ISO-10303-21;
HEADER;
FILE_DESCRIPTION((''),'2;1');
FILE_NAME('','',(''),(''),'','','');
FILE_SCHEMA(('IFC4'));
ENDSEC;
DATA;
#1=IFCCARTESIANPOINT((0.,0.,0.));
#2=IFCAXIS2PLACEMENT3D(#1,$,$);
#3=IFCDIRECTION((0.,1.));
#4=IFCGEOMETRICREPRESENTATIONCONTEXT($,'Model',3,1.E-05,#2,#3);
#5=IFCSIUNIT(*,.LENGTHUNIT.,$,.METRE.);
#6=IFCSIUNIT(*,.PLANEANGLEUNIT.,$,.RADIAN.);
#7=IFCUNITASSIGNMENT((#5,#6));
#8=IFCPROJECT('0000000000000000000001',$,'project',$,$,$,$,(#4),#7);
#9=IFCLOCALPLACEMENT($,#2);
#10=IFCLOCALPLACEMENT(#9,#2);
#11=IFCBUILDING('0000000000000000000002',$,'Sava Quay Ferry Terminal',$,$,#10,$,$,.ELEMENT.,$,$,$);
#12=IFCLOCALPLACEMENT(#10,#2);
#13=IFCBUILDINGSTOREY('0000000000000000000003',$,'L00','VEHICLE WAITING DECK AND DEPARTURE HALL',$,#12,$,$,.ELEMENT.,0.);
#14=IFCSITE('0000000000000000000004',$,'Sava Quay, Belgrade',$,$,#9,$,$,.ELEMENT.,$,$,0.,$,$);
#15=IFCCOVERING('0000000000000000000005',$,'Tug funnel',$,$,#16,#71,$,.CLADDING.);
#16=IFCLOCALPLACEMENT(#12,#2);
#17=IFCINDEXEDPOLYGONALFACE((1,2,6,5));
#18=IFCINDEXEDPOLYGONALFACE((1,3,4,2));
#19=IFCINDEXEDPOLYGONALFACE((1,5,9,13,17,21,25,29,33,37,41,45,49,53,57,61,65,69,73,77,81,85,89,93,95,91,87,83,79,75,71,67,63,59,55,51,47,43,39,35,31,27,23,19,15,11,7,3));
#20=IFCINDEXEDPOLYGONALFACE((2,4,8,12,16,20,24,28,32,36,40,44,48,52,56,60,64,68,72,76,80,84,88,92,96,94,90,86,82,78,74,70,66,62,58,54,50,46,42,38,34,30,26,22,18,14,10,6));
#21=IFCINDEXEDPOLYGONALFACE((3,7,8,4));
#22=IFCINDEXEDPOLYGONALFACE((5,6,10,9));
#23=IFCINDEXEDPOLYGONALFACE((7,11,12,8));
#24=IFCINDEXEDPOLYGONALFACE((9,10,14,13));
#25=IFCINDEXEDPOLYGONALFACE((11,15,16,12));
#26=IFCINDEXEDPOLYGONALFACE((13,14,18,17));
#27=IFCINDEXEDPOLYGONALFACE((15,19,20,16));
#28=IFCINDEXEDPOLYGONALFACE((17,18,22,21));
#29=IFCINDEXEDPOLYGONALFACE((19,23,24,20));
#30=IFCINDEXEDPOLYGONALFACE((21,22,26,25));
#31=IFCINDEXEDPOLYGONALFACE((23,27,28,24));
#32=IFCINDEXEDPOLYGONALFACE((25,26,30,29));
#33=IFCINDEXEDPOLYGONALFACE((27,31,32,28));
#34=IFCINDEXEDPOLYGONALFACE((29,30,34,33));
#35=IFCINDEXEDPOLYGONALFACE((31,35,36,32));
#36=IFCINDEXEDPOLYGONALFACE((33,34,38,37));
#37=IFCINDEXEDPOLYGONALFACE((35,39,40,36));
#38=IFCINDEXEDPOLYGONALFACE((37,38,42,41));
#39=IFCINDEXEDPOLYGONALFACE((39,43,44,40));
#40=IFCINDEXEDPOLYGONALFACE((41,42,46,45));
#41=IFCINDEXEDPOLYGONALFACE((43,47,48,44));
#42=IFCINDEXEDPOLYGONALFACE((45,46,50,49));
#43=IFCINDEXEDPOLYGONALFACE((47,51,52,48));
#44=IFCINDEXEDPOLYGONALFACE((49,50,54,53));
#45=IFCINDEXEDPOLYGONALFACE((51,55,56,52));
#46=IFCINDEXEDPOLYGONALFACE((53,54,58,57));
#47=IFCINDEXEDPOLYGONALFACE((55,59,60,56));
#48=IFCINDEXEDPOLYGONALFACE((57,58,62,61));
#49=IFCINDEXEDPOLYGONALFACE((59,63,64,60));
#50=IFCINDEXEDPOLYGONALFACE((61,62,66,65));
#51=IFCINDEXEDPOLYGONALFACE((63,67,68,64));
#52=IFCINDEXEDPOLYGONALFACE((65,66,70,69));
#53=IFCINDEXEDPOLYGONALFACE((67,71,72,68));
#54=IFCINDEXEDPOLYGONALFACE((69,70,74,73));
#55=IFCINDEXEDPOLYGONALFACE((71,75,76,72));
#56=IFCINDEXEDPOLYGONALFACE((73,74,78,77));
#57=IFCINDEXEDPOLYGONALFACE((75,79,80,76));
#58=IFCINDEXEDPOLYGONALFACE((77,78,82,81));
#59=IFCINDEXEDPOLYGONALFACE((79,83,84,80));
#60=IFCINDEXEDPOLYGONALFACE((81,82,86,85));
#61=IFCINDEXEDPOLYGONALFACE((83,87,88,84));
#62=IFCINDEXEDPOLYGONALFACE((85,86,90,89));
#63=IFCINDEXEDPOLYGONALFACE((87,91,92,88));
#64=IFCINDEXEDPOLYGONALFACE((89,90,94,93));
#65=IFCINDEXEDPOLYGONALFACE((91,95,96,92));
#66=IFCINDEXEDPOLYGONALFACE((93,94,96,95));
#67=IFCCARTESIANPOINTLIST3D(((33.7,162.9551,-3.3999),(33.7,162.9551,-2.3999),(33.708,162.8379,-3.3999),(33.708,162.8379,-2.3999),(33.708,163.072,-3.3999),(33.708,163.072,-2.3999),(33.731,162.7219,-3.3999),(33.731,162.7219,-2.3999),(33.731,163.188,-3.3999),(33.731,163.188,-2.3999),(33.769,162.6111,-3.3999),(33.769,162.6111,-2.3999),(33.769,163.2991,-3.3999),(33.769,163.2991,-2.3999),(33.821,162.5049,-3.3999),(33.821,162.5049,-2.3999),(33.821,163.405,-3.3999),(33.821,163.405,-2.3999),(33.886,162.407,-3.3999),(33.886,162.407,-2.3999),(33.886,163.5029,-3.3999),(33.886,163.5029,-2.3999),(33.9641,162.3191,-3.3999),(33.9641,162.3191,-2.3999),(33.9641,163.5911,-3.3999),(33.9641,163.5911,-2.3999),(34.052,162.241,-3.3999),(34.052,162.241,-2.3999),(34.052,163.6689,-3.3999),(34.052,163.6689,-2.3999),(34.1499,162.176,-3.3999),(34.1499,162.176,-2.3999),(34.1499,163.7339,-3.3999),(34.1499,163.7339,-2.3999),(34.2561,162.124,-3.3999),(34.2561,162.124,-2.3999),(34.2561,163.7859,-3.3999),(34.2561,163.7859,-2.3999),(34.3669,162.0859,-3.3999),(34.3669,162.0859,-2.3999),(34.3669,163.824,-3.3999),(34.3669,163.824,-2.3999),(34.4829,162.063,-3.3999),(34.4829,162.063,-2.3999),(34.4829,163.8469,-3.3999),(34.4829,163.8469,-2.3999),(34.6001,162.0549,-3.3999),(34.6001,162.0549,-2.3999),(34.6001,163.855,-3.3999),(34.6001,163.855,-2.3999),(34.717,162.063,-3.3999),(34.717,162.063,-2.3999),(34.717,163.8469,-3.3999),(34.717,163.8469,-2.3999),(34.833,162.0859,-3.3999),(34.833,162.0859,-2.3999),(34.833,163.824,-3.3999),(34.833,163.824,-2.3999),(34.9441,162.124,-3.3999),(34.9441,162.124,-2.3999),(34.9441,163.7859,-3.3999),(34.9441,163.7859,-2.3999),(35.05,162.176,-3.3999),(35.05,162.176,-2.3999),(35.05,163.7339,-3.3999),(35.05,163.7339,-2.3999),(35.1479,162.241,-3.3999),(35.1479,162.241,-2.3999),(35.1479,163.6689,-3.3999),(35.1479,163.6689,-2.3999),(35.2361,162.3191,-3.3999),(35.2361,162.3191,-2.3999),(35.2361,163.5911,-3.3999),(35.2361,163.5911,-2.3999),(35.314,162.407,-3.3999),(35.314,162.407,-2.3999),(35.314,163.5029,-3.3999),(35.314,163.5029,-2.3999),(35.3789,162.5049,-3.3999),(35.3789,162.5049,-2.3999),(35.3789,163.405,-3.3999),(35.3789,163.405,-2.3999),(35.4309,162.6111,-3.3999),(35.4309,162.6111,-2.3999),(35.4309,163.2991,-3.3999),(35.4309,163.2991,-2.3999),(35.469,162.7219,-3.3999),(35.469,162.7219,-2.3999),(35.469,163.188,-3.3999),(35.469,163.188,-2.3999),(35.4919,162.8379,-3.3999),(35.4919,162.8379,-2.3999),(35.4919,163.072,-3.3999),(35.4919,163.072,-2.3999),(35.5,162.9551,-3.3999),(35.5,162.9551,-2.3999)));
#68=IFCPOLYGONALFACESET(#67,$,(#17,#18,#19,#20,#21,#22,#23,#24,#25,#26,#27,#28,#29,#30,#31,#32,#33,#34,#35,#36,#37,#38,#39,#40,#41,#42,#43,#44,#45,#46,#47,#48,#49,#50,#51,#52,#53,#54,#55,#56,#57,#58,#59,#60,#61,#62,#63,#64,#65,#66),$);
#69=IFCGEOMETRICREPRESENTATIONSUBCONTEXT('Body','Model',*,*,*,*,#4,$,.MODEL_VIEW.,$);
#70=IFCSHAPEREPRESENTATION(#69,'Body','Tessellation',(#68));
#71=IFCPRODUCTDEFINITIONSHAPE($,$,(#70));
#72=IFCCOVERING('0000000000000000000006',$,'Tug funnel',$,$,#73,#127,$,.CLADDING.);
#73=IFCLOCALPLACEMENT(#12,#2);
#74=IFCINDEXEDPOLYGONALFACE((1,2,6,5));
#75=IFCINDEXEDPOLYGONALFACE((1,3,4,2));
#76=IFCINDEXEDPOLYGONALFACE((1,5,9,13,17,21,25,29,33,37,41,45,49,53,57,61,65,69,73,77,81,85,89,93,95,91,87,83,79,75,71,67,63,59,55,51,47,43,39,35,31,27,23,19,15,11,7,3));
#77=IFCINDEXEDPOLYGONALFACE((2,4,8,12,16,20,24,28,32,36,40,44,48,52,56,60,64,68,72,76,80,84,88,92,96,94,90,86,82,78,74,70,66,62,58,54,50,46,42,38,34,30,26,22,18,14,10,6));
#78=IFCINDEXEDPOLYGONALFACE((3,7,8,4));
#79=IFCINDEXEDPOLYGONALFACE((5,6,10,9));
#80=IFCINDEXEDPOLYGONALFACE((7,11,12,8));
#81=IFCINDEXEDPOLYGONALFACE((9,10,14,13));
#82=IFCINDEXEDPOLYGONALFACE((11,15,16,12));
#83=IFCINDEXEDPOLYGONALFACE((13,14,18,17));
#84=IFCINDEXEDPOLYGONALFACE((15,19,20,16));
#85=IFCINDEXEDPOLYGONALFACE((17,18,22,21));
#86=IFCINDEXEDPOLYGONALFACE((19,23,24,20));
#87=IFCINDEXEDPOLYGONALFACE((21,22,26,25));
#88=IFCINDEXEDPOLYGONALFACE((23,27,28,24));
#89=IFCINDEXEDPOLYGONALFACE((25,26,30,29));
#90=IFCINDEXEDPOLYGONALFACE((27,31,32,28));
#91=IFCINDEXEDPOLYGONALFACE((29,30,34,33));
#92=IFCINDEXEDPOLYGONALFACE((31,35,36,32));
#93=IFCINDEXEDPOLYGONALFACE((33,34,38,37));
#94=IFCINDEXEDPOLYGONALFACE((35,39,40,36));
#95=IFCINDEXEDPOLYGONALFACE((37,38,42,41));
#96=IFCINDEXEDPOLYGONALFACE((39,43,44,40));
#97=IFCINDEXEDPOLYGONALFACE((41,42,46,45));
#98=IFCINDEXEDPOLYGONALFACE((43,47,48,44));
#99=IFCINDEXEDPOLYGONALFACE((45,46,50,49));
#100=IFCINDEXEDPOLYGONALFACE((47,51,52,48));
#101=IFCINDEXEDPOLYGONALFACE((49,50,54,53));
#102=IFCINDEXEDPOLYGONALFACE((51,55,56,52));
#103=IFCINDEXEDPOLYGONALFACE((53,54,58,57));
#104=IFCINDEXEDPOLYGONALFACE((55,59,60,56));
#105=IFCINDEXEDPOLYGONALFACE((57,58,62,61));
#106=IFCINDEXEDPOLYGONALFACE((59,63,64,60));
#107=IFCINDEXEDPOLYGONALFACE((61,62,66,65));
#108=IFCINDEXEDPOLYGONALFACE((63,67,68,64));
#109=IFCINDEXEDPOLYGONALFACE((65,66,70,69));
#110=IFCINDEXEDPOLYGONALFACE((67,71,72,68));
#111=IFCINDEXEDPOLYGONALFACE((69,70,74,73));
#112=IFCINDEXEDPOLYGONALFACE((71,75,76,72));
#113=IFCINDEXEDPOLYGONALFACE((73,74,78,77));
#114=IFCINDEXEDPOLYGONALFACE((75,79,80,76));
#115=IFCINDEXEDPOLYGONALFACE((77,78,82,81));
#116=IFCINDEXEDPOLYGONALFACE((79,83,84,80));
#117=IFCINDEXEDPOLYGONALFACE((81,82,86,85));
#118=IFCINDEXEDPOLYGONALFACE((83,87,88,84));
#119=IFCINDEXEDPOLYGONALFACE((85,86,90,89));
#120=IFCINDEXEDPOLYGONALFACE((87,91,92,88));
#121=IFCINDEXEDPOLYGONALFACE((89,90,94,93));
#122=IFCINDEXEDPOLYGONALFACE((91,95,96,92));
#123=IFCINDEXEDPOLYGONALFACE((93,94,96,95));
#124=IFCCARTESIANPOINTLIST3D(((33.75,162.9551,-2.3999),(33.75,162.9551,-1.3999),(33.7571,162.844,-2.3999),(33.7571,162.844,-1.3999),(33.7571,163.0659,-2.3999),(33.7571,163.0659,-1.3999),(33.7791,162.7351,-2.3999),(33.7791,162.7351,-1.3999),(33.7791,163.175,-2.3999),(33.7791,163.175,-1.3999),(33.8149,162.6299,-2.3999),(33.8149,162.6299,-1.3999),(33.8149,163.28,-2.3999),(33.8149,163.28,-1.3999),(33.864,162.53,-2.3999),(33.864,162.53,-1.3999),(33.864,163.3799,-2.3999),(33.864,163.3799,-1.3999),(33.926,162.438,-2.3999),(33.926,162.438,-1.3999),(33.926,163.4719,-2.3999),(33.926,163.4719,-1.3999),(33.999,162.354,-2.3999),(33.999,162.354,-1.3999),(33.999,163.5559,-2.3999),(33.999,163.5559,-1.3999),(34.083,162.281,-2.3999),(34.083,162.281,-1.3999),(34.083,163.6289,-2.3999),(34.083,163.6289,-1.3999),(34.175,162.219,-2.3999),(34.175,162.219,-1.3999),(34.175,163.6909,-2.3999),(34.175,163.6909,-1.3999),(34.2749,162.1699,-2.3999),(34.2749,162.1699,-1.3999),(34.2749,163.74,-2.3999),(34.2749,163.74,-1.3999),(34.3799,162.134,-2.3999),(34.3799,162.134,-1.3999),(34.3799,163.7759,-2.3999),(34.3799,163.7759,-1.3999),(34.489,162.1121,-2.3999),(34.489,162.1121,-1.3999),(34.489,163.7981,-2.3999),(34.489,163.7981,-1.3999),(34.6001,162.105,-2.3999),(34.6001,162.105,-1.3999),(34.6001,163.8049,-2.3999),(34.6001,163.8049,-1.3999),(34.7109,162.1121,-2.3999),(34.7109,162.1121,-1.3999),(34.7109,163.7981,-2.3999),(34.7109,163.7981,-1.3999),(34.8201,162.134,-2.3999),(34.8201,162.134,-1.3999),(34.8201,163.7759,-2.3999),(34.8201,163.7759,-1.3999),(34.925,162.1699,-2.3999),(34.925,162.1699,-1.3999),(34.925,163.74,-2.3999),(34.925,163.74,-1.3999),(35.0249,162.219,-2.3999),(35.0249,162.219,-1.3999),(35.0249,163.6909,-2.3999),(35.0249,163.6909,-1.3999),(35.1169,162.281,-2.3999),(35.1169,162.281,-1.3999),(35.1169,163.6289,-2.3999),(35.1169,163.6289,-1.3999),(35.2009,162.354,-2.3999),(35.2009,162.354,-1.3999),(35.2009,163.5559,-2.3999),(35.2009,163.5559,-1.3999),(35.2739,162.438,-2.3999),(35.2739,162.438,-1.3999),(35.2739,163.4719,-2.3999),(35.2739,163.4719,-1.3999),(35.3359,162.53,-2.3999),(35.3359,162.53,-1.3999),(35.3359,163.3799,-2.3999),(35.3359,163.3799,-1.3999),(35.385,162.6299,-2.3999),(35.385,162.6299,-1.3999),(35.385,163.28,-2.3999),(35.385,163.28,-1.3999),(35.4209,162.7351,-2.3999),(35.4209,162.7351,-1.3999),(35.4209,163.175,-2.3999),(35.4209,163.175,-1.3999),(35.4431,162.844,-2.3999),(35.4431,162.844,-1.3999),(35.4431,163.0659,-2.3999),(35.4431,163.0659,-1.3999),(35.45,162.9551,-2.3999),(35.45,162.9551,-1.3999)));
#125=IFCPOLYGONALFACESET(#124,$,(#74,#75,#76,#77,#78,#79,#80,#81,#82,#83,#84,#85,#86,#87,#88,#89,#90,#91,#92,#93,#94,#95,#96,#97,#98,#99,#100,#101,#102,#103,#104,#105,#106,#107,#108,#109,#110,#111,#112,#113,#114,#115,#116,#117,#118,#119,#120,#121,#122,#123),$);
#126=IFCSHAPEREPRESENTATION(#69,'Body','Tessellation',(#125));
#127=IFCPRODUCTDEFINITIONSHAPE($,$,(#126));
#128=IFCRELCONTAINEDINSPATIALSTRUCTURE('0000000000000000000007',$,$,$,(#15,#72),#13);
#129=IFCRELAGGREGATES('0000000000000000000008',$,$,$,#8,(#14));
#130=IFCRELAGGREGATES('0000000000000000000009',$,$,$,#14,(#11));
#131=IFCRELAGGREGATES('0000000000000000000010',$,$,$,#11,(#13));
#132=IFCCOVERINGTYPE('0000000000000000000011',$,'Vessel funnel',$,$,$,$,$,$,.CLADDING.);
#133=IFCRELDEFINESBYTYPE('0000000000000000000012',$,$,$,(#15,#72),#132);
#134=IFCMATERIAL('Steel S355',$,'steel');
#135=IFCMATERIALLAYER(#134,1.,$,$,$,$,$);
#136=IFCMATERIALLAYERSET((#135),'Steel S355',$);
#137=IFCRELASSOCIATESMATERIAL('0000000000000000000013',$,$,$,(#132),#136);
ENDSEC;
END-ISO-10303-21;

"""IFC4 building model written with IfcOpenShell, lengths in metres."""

from ifc_helpers import new_model, si_unit, direction, frame, origin, place, context, subcontext, project, spatial, polyline, outline, extrude, material, layer, layer_set, type_object, element, save


model = new_model("IFC4")

# Units and contexts
model_context = context("Model", 3, precision=1e-05, world=origin(), true_north=direction((0.0, 1.0)))
body_context = subcontext(model_context, "Body", "Model", "MODEL_VIEW")
ifc_project = project(units=[si_unit("LENGTHUNIT", "METRE"), si_unit("PLANEANGLEUNIT", "RADIAN")], contexts=[model_context])

# Site, building, storey
site_placement = place(None, origin())
site = spatial("IfcSite", under=ifc_project, at=site_placement, Name="Sava Quay, Belgrade", CompositionType="ELEMENT", RefElevation=0.0)
building_placement = place(site_placement, origin())
building = spatial("IfcBuilding", under=site, at=building_placement, Name="Sava Quay Ferry Terminal", CompositionType="ELEMENT")
storey_placement = place(building_placement, origin())
storey = spatial("IfcBuildingStorey", under=building, at=storey_placement, Name="L00", Description="VEHICLE WAITING DECK AND DEPARTURE HALL", CompositionType="ELEMENT", Elevation=0.0)

# Coverings
ifc_material_1 = material(Name="Steel S355", Category="steel")
ifc_layer_1 = layer(ifc_material_1, 1.0)
ifc_layer_set_1 = layer_set([ifc_layer_1], Name="Steel S355")
covering_type_1 = type_object("IfcCoveringType", Name="Vessel funnel", PredefinedType="CLADDING", material=ifc_layer_set_1)
covering_1_placement = place(storey_placement, frame((0.0, 0.0, -3.3999)))
element("IfcCovering", 1, at=covering_1_placement, inside=storey, type_object=covering_type_1, Name="Tug funnel", PredefinedType="CLADDING", context=body_context, shape_type="SweptSolid", body=[
    extrude(outline(polyline([(33.7, 162.9551), (33.708, 162.8379), (33.731, 162.7219), (33.769, 162.6111), (33.821, 162.5049), (33.886, 162.407), (33.9641, 162.3191), (34.052, 162.241), (34.1499, 162.176), (34.2561, 162.124), (34.3669, 162.0859), (34.4829, 162.063), (34.6001, 162.0549), (34.717, 162.063), (34.833, 162.0859), (34.9441, 162.124), (35.05, 162.176), (35.1479, 162.241), (35.2361, 162.3191), (35.314, 162.407), (35.3789, 162.5049), (35.4309, 162.6111), (35.469, 162.7219), (35.4919, 162.8379), (35.5, 162.9551), (35.4919, 163.072), (35.469, 163.188), (35.4309, 163.2991), (35.3789, 163.405), (35.314, 163.5029), (35.2361, 163.5911), (35.1479, 163.6689), (35.05, 163.7339), (34.9441, 163.7859), (34.833, 163.824), (34.717, 163.8469), (34.6001, 163.855), (34.4829, 163.8469), (34.3669, 163.824), (34.2561, 163.7859), (34.1499, 163.7339), (34.052, 163.6689), (33.9641, 163.5911), (33.886, 163.5029), (33.821, 163.405), (33.769, 163.2991), (33.731, 163.188), (33.708, 163.072), (33.7, 162.9551)])), origin(), (0.0, 0.0, 1.0), 1.0),
])
covering_2_placement = place(storey_placement, frame((0.0, 0.0, -2.3999)))
element("IfcCovering", 2, at=covering_2_placement, inside=storey, type_object=covering_type_1, Name="Tug funnel", PredefinedType="CLADDING", context=body_context, shape_type="SweptSolid", body=[
    extrude(outline(polyline([(33.75, 162.9551), (33.7571, 162.844), (33.7791, 162.7351), (33.8149, 162.6299), (33.864, 162.53), (33.926, 162.438), (33.999, 162.354), (34.083, 162.281), (34.175, 162.219), (34.2749, 162.1699), (34.3799, 162.134), (34.489, 162.1121), (34.6001, 162.105), (34.7109, 162.1121), (34.8201, 162.134), (34.925, 162.1699), (35.0249, 162.219), (35.1169, 162.281), (35.2009, 162.354), (35.2739, 162.438), (35.3359, 162.53), (35.385, 162.6299), (35.4209, 162.7351), (35.4431, 162.844), (35.45, 162.9551), (35.4431, 163.0659), (35.4209, 163.175), (35.385, 163.28), (35.3359, 163.3799), (35.2739, 163.4719), (35.2009, 163.5559), (35.1169, 163.6289), (35.0249, 163.6909), (34.925, 163.74), (34.8201, 163.7759), (34.7109, 163.7981), (34.6001, 163.8049), (34.489, 163.7981), (34.3799, 163.7759), (34.2749, 163.74), (34.175, 163.6909), (34.083, 163.6289), (33.999, 163.5559), (33.926, 163.4719), (33.864, 163.3799), (33.8149, 163.28), (33.7791, 163.175), (33.7571, 163.0659), (33.75, 162.9551)])), origin(), (0.0, 0.0, 1.0), 1.0),
])

save(model, "model.ifc")
